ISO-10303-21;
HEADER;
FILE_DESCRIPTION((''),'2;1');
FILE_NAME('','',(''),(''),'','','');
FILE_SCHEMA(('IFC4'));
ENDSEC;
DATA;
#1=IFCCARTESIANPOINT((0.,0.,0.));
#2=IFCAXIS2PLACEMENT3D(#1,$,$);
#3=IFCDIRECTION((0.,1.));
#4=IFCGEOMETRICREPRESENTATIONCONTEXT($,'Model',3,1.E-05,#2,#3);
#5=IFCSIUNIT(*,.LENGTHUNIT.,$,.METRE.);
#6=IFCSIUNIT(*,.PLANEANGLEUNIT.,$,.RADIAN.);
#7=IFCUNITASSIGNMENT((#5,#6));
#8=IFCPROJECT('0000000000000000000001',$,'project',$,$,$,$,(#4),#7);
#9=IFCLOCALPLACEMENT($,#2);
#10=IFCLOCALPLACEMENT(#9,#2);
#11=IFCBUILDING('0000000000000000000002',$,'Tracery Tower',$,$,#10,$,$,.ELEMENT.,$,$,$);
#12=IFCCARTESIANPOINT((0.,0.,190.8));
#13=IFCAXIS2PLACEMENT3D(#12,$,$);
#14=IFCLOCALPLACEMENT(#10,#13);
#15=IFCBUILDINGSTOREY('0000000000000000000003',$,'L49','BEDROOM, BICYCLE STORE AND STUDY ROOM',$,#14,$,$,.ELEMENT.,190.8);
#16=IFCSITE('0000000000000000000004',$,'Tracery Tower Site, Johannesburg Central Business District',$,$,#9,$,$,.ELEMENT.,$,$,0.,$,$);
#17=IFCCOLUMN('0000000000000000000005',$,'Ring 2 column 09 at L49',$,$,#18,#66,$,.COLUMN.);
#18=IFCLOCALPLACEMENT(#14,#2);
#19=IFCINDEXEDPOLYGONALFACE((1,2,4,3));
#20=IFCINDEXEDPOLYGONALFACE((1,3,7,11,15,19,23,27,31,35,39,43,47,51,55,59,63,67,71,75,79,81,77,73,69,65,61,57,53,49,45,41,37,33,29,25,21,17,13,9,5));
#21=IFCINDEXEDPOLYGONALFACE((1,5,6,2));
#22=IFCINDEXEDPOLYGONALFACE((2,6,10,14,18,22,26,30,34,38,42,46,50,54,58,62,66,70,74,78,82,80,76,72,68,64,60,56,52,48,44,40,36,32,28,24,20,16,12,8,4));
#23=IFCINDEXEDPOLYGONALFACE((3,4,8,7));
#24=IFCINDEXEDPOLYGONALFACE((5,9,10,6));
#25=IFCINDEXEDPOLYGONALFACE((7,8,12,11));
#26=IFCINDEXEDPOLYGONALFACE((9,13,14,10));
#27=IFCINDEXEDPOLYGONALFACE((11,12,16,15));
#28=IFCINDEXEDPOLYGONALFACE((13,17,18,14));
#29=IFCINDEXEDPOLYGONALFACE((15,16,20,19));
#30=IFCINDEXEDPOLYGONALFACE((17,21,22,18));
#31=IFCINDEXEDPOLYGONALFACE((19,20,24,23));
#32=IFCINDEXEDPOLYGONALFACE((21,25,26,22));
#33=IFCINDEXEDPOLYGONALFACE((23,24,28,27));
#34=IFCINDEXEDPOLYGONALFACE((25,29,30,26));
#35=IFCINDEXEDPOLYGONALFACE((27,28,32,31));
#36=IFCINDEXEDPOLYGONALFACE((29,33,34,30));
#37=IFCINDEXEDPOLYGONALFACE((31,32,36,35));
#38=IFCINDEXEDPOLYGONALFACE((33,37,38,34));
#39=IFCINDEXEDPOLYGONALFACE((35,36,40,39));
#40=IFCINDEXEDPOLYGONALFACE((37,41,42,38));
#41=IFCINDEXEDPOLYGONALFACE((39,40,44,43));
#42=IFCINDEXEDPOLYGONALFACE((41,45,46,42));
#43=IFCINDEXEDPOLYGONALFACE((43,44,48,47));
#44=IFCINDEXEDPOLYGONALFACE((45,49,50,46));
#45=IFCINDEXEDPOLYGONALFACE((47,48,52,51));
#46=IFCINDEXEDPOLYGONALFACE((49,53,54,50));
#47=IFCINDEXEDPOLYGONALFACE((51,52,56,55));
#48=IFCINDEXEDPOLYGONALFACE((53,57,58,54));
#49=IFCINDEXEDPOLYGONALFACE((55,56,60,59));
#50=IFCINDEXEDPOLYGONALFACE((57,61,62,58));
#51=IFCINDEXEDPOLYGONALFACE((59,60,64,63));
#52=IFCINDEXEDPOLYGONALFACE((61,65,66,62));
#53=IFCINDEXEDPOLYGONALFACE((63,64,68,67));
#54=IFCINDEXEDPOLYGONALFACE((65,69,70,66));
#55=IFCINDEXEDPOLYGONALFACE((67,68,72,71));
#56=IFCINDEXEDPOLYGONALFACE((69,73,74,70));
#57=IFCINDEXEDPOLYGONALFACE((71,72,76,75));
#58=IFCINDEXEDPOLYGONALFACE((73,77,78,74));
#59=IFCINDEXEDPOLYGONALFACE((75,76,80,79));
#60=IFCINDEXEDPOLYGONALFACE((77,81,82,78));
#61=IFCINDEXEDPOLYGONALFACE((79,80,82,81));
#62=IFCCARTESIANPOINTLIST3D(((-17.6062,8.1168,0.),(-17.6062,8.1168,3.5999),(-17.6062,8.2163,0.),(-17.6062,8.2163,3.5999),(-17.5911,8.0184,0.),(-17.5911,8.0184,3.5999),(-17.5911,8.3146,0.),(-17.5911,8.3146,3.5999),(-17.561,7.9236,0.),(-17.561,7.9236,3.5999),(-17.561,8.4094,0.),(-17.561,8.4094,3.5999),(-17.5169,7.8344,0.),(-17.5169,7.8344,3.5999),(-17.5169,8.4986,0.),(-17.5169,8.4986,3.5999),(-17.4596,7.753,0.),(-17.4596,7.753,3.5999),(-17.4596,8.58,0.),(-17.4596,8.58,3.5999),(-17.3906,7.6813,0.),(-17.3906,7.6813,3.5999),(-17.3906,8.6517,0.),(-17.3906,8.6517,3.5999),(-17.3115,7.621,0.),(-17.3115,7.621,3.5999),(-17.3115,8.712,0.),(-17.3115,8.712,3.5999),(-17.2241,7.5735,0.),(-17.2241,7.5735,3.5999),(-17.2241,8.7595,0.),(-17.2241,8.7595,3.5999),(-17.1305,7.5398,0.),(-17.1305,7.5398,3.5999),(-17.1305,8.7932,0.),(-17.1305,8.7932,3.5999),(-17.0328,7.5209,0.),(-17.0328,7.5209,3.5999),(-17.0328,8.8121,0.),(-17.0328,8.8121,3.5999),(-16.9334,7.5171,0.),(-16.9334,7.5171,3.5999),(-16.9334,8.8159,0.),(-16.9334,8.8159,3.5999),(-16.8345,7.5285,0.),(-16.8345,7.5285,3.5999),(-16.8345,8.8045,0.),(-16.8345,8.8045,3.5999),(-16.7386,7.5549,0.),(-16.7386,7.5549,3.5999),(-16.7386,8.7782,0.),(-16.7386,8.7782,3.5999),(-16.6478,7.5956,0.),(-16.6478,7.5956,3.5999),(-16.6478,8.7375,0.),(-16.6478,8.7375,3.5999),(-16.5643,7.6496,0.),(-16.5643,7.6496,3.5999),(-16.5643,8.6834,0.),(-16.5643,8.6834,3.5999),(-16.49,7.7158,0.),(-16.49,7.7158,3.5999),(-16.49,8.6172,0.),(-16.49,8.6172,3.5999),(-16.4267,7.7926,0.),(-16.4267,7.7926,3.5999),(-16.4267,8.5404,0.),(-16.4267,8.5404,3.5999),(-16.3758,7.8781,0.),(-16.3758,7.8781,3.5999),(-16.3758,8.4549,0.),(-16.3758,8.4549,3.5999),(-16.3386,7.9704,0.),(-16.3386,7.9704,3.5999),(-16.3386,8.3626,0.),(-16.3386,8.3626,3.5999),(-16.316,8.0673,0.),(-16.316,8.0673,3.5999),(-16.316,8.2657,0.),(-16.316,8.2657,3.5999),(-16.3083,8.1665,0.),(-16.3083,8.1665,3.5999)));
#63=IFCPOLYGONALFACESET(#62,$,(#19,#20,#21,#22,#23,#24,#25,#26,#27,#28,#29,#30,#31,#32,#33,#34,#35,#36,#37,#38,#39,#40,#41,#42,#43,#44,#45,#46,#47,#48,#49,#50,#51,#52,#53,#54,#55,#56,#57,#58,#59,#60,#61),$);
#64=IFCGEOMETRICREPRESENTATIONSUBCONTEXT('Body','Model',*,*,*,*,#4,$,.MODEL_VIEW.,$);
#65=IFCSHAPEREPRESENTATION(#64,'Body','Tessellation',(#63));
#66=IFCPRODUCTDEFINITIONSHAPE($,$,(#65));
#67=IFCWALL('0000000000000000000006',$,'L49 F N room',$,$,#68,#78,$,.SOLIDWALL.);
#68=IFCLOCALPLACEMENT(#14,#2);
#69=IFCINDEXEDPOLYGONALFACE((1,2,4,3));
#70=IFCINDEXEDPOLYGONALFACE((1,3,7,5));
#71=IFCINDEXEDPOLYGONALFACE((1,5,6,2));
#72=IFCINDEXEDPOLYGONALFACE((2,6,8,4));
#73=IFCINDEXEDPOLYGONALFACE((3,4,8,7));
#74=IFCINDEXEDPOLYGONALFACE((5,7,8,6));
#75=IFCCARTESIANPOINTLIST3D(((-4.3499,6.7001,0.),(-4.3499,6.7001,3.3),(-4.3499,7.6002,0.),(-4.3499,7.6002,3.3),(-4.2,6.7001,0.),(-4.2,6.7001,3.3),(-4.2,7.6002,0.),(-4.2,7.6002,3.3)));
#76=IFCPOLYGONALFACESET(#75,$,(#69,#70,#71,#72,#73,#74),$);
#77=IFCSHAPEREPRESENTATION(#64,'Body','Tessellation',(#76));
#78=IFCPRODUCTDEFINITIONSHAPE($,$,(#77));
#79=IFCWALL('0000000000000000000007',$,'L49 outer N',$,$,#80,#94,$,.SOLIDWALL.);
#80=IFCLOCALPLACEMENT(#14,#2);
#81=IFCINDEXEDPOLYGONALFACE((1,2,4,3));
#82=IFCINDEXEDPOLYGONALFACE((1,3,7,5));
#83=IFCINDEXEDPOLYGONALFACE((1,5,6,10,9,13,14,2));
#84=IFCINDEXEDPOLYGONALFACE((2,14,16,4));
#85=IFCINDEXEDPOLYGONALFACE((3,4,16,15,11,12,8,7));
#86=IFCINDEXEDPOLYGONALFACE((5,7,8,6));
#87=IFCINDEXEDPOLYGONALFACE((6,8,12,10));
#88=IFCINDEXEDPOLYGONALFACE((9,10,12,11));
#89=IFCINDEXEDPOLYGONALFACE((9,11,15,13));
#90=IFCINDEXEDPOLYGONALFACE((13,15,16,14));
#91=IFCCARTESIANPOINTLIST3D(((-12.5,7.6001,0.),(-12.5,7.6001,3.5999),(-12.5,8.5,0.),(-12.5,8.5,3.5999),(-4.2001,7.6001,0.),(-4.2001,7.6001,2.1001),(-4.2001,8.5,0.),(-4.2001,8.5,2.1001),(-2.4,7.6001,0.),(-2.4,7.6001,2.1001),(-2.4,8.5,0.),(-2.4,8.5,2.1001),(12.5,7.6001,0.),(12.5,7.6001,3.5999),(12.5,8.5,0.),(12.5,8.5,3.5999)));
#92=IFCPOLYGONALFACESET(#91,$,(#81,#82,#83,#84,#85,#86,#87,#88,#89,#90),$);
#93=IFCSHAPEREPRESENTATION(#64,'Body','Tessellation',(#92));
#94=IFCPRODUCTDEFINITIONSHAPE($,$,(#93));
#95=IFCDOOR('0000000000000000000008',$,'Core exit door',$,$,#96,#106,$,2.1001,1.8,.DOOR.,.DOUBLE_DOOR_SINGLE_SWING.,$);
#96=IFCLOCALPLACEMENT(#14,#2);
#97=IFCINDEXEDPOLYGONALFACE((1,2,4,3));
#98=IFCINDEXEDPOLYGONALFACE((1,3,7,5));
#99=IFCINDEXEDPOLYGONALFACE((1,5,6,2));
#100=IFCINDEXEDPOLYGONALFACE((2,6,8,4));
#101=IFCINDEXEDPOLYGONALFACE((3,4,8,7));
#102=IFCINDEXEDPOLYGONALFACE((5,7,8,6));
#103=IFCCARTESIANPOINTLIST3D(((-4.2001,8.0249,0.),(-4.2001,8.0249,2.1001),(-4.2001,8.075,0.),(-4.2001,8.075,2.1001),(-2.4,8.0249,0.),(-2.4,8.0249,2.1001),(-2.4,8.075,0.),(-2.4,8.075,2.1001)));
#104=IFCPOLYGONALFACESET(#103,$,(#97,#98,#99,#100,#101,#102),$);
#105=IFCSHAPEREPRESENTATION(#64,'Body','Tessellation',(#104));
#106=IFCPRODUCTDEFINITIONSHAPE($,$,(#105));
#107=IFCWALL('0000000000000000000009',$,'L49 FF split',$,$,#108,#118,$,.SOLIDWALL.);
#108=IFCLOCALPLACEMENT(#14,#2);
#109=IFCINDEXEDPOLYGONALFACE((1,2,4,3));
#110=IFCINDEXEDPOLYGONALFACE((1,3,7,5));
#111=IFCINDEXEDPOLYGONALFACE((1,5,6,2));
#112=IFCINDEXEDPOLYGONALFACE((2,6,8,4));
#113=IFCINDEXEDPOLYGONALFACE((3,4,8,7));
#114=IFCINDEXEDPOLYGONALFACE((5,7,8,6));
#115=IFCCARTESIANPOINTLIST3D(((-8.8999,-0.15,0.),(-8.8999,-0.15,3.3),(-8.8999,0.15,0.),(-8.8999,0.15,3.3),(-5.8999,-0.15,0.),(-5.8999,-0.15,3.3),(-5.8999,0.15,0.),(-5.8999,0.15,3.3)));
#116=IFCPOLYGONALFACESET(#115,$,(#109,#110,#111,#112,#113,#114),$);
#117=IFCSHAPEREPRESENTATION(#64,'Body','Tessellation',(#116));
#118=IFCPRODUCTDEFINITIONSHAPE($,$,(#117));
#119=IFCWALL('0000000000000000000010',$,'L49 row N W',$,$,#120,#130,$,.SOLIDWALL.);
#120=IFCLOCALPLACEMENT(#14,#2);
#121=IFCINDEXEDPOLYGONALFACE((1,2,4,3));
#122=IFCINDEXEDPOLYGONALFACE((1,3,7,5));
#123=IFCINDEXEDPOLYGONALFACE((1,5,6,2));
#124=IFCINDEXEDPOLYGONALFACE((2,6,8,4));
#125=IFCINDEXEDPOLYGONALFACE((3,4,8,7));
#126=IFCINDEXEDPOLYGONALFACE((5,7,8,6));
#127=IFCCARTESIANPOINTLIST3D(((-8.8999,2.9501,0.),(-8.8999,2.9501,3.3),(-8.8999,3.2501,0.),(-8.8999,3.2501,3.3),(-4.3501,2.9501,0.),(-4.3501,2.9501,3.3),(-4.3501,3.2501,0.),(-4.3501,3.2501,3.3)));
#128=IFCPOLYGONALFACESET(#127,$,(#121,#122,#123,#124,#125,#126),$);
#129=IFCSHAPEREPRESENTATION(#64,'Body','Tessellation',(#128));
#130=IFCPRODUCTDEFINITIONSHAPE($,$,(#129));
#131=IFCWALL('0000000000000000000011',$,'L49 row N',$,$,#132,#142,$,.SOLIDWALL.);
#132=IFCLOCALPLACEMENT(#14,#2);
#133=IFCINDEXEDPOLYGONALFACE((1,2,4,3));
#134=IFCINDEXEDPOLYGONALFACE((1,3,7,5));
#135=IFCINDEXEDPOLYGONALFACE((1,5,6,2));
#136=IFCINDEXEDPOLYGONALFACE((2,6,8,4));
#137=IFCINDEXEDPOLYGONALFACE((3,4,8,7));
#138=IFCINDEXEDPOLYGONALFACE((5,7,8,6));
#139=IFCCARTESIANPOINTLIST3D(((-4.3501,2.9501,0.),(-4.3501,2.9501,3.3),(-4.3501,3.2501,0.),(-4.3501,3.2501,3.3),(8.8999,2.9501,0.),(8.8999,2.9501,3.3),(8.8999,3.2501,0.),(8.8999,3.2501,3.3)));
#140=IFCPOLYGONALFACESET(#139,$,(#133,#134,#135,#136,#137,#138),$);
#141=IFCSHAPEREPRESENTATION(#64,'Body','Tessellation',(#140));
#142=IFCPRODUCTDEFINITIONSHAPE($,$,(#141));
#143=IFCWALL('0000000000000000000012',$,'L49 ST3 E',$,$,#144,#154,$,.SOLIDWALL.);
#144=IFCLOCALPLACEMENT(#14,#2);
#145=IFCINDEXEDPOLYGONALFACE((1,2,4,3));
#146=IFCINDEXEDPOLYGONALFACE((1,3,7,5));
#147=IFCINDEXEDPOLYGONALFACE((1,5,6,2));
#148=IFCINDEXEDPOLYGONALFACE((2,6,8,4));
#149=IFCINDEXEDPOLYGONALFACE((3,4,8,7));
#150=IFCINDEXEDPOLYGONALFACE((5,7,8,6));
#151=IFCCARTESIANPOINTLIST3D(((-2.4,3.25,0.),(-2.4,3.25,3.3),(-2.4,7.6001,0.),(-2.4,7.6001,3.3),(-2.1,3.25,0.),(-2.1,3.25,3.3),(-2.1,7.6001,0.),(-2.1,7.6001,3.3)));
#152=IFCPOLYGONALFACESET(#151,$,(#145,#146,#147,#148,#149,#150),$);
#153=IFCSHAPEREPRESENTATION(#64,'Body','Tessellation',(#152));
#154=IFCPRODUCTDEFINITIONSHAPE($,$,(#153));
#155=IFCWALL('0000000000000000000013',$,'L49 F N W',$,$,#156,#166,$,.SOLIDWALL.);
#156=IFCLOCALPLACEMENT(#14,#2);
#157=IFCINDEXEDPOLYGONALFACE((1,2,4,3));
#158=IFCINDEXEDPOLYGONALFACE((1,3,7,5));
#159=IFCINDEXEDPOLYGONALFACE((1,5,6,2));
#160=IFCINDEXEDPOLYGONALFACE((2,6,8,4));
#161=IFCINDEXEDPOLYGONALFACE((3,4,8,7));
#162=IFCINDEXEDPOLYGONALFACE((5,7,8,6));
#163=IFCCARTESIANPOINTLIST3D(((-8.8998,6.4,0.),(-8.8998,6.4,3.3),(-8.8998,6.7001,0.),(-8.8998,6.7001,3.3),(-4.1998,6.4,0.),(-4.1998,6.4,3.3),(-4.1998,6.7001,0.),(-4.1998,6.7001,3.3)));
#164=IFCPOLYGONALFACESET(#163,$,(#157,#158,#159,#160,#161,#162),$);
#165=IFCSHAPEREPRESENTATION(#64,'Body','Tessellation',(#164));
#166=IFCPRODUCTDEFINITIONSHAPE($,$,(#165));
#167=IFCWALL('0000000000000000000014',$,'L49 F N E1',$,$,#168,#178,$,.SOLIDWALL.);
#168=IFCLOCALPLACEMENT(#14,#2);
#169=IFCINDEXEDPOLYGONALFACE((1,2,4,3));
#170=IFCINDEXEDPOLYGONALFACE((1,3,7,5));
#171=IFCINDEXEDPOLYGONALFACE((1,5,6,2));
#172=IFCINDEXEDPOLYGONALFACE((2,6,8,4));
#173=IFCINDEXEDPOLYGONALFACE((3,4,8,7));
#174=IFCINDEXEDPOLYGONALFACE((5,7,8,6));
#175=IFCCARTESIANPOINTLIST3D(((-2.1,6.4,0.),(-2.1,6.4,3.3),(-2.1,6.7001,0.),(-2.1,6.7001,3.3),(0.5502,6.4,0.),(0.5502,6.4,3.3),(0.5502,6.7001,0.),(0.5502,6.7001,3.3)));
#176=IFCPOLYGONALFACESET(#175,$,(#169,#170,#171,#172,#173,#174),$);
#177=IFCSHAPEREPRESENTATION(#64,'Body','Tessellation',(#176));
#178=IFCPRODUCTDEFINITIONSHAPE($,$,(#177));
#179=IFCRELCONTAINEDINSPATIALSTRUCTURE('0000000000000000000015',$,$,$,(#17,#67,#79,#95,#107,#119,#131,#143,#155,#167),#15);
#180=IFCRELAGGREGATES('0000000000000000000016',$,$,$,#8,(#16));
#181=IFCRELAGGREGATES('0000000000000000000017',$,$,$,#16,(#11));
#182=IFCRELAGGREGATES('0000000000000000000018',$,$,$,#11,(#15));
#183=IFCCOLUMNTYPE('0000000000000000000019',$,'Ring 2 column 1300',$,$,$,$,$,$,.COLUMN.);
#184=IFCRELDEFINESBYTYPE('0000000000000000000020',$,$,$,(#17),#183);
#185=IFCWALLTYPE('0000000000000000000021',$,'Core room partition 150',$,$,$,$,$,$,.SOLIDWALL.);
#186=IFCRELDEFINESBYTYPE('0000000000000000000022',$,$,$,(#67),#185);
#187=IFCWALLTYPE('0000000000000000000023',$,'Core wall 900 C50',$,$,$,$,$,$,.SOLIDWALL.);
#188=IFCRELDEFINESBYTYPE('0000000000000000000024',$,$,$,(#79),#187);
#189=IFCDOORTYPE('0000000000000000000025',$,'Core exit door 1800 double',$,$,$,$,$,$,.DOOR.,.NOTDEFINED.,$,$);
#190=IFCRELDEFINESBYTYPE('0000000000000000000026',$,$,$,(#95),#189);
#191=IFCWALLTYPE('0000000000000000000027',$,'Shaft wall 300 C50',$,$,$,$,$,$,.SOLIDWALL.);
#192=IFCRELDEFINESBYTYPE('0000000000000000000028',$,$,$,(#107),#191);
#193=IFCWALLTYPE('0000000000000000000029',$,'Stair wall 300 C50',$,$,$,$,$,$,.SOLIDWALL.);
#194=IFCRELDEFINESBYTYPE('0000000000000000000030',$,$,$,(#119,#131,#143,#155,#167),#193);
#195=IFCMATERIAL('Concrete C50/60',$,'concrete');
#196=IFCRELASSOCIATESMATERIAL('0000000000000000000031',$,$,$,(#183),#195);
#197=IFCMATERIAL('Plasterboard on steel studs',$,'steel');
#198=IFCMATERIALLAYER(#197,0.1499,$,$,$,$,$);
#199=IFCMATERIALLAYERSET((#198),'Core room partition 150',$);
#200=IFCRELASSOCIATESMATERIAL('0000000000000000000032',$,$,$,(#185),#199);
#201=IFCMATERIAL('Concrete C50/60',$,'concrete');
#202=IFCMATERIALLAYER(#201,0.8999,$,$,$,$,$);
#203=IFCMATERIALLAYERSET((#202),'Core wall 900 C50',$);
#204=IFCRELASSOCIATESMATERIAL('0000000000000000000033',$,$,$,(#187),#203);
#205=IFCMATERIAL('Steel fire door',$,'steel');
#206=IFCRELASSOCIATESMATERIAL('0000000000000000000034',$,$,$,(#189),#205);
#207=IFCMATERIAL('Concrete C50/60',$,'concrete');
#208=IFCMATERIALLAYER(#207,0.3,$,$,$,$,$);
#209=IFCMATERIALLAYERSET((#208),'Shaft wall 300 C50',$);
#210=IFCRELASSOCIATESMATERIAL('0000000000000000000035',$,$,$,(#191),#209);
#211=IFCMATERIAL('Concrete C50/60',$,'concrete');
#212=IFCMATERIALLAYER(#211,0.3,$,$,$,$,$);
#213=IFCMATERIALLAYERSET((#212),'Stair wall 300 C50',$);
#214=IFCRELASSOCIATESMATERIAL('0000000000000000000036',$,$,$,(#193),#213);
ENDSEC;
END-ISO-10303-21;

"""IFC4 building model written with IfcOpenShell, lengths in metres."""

from ifc_helpers import new_model, si_unit, direction, frame, frame_2d, origin, origin_2d, place, context, subcontext, project, spatial, rectangle, circle, extrude, material, layer, layer_set, material_profile, profile_set, type_object, element, fill, save


model = new_model("IFC4")

# Units and contexts
model_context = context("Model", 3, precision=1e-05, world=origin(), true_north=direction((0.0, 1.0)))
body_context = subcontext(model_context, "Body", "Model", "MODEL_VIEW")
ifc_project = project(units=[si_unit("LENGTHUNIT", "METRE"), si_unit("PLANEANGLEUNIT", "RADIAN")], contexts=[model_context])

# Site, building, storey
site_placement = place(None, origin())
site = spatial("IfcSite", under=ifc_project, at=site_placement, Name="Tracery Tower Site, Johannesburg Central Business District", CompositionType="ELEMENT", RefElevation=0.0)
building_placement = place(site_placement, origin())
building = spatial("IfcBuilding", under=site, at=building_placement, Name="Tracery Tower", CompositionType="ELEMENT")
storey_placement = place(building_placement, frame((0.0, 0.0, 190.8)))
storey = spatial("IfcBuildingStorey", under=building, at=storey_placement, Name="L49", Description="BEDROOM, BICYCLE STORE AND STUDY ROOM", CompositionType="ELEMENT", Elevation=190.8)

# Column
ifc_material_1 = material(Name="Concrete C50/60", Category="concrete")
ifc_material_profile = material_profile(ifc_material_1, circle(Radius=0.6499, at=origin_2d()), Name="RC D1300")
ifc_profile_set = profile_set([ifc_material_profile], Name="Concrete C50/60")
column_type = type_object("IfcColumnType", Name="Ring 2 column 1300", PredefinedType="COLUMN", material=ifc_profile_set)
column_placement = place(storey_placement, frame((-16.9583, 8.1665, 0.0), z_axis=(0.0, 0.0, 1.0), x_axis=(1.0, 0.0, 0.0)))
element("IfcColumn", 1, at=column_placement, inside=storey, type_object=column_type, Name="Ring 2 column 09 at L49", PredefinedType="COLUMN", context=body_context, shape_type="SweptSolid", body=[
    extrude(circle(Radius=0.6499, at=origin_2d()), origin(), (0.0, 0.0, 1.0), 3.5999),
])

# Wall
ifc_material_2 = material(Name="Plasterboard on steel studs", Category="steel")
ifc_layer_1 = layer(ifc_material_2, 0.1499)
ifc_layer_set_1 = layer_set([ifc_layer_1], Name="Core room partition 150")
wall_type_1 = type_object("IfcWallType", Name="Core room partition 150", PredefinedType="SOLIDWALL", material=ifc_layer_set_1)
wall_1_placement = place(storey_placement, frame((-4.2749, 6.7, 0.0), z_axis=(0.0, 0.0, 1.0), x_axis=(0.0, 1.0, 0.0)))
element("IfcWall", 2, at=wall_1_placement, inside=storey, type_object=wall_type_1, Name="L49 F N room", PredefinedType="SOLIDWALL", context=body_context, shape_type="SweptSolid", body=[
    extrude(rectangle(XDim=0.9001, YDim=0.1499, at=frame_2d((0.4502, 0.0))), origin(), (0.0, 0.0, 1.0), 3.3),
])

# Wall, opening, door
ifc_material_3 = material(Name="Concrete C50/60", Category="concrete")
ifc_layer_2 = layer(ifc_material_3, 0.8999)
ifc_layer_set_2 = layer_set([ifc_layer_2], Name="Core wall 900 C50")
wall_type_2 = type_object("IfcWallType", Name="Core wall 900 C50", PredefinedType="SOLIDWALL", material=ifc_layer_set_2)
wall_2_placement = place(storey_placement, frame((-12.5, 8.05, 0.0), z_axis=(0.0, 0.0, 1.0), x_axis=(1.0, 0.0, 0.0)))
wall_2 = element("IfcWall", 3, at=wall_2_placement, inside=storey, type_object=wall_type_2, Name="L49 outer N", PredefinedType="SOLIDWALL", context=body_context, shape_type="SweptSolid", body=[
    extrude(rectangle(XDim=25.0, YDim=0.8999, at=frame_2d((12.5, 0.0))), origin(), (0.0, 0.0, 1.0), 3.5999),
])
opening_1_placement = place(wall_2_placement, frame((8.3, 0.0, 0.0)))
opening_1 = element("IfcOpeningElement", 4, at=opening_1_placement, cuts=wall_2, PredefinedType="OPENING", context=body_context, shape_type="SweptSolid", body=[
    extrude(rectangle(XDim=1.8, YDim=2.1001, at=frame_2d((0.8999, 1.05))), frame((0.0, 0.45, 0.0), z_axis=(0.0, -1.0, 0.0), x_axis=(1.0, 0.0, 0.0)), (0.0, 0.0, 1.0), 0.8999),
])
ifc_material_4 = material(Name="Steel fire door", Category="steel")
door_type_1 = type_object("IfcDoorType", Name="Core exit door 1800 double", OperationType="NOTDEFINED", PredefinedType="DOOR", material=ifc_material_4)
door_1_placement = place(opening_1_placement, origin())
door_1 = element("IfcDoor", 5, at=door_1_placement, inside=storey, type_object=door_type_1, Name="Core exit door", OperationType="DOUBLE_DOOR_SINGLE_SWING", OverallHeight=2.1001, OverallWidth=1.8, PredefinedType="DOOR", context=body_context, shape_type="SweptSolid", body=[
    extrude(rectangle(XDim=1.8, YDim=2.1001, at=frame_2d((0.8999, 1.05))), frame((0.0, 0.0249, 0.0), z_axis=(0.0, -1.0, 0.0), x_axis=(1.0, 0.0, 0.0)), (0.0, 0.0, 1.0), 0.05),
])
fill(opening_1, door_1)

# Wall
ifc_material_5 = material(Name="Concrete C50/60", Category="concrete")
ifc_layer_3 = layer(ifc_material_5, 0.3)
ifc_layer_set_3 = layer_set([ifc_layer_3], Name="Shaft wall 300 C50")
wall_type_3 = type_object("IfcWallType", Name="Shaft wall 300 C50", PredefinedType="SOLIDWALL", material=ifc_layer_set_3)
wall_3_placement = place(storey_placement, frame((-8.8999, 0.0, 0.0), z_axis=(0.0, 0.0, 1.0), x_axis=(1.0, 0.0, 0.0)))
element("IfcWall", 6, at=wall_3_placement, inside=storey, type_object=wall_type_3, Name="L49 FF split", PredefinedType="SOLIDWALL", context=body_context, shape_type="SweptSolid", body=[
    extrude(rectangle(XDim=3.0, YDim=0.3, at=frame_2d((1.5, 0.0))), origin(), (0.0, 0.0, 1.0), 3.3),
])

# Walls
ifc_material_6 = material(Name="Concrete C50/60", Category="concrete")
ifc_layer_4 = layer(ifc_material_6, 0.3)
ifc_layer_set_4 = layer_set([ifc_layer_4], Name="Stair wall 300 C50")
wall_type_4 = type_object("IfcWallType", Name="Stair wall 300 C50", PredefinedType="SOLIDWALL", material=ifc_layer_set_4)
wall_4_placement = place(storey_placement, frame((-8.8999, 3.1001, 0.0), z_axis=(0.0, 0.0, 1.0), x_axis=(1.0, 0.0, 0.0)))
element("IfcWall", 7, at=wall_4_placement, inside=storey, type_object=wall_type_4, Name="L49 row N W", PredefinedType="SOLIDWALL", context=body_context, shape_type="SweptSolid", body=[
    extrude(rectangle(XDim=4.5498, YDim=0.3, at=frame_2d((2.2749, 0.0))), origin(), (0.0, 0.0, 1.0), 3.3),
])
wall_5_placement = place(storey_placement, frame((-4.3501, 3.1001, 0.0), z_axis=(0.0, 0.0, 1.0), x_axis=(1.0, 0.0, 0.0)))
element("IfcWall", 8, at=wall_5_placement, inside=storey, type_object=wall_type_4, Name="L49 row N", PredefinedType="SOLIDWALL", context=body_context, shape_type="SweptSolid", body=[
    extrude(rectangle(XDim=13.25, YDim=0.3, at=frame_2d((6.625, 0.0))), origin(), (0.0, 0.0, 1.0), 3.3),
])
wall_6_placement = place(storey_placement, frame((-2.25, 3.25, 0.0), z_axis=(0.0, 0.0, 1.0), x_axis=(0.0, 1.0, 0.0)))
element("IfcWall", 9, at=wall_6_placement, inside=storey, type_object=wall_type_4, Name="L49 ST3 E", PredefinedType="SOLIDWALL", context=body_context, shape_type="SweptSolid", body=[
    extrude(rectangle(XDim=4.3501, YDim=0.3, at=frame_2d((2.175, 0.0))), origin(), (0.0, 0.0, 1.0), 3.3),
])
wall_7_placement = place(storey_placement, frame((-8.8999, 6.55, 0.0), z_axis=(0.0, 0.0, 1.0), x_axis=(1.0, 0.0, 0.0)))
element("IfcWall", 10, at=wall_7_placement, inside=storey, type_object=wall_type_4, Name="L49 F N W", PredefinedType="SOLIDWALL", context=body_context, shape_type="SweptSolid", body=[
    extrude(rectangle(XDim=4.7, YDim=0.3, at=frame_2d((2.3501, 0.0))), origin(), (0.0, 0.0, 1.0), 3.3),
])

# Wall
wall_8_placement = place(storey_placement, frame((-2.1001, 6.55, 0.0), z_axis=(0.0, 0.0, 1.0), x_axis=(1.0, 0.0, 0.0)))
element("IfcWall", 11, at=wall_8_placement, inside=storey, type_object=wall_type_4, Name="L49 F N E1", PredefinedType="SOLIDWALL", context=body_context, shape_type="SweptSolid", body=[
    extrude(rectangle(XDim=2.6501, YDim=0.3, at=frame_2d((1.3252, 0.0))), origin(), (0.0, 0.0, 1.0), 3.3),
])

save(model, "model.ifc")
